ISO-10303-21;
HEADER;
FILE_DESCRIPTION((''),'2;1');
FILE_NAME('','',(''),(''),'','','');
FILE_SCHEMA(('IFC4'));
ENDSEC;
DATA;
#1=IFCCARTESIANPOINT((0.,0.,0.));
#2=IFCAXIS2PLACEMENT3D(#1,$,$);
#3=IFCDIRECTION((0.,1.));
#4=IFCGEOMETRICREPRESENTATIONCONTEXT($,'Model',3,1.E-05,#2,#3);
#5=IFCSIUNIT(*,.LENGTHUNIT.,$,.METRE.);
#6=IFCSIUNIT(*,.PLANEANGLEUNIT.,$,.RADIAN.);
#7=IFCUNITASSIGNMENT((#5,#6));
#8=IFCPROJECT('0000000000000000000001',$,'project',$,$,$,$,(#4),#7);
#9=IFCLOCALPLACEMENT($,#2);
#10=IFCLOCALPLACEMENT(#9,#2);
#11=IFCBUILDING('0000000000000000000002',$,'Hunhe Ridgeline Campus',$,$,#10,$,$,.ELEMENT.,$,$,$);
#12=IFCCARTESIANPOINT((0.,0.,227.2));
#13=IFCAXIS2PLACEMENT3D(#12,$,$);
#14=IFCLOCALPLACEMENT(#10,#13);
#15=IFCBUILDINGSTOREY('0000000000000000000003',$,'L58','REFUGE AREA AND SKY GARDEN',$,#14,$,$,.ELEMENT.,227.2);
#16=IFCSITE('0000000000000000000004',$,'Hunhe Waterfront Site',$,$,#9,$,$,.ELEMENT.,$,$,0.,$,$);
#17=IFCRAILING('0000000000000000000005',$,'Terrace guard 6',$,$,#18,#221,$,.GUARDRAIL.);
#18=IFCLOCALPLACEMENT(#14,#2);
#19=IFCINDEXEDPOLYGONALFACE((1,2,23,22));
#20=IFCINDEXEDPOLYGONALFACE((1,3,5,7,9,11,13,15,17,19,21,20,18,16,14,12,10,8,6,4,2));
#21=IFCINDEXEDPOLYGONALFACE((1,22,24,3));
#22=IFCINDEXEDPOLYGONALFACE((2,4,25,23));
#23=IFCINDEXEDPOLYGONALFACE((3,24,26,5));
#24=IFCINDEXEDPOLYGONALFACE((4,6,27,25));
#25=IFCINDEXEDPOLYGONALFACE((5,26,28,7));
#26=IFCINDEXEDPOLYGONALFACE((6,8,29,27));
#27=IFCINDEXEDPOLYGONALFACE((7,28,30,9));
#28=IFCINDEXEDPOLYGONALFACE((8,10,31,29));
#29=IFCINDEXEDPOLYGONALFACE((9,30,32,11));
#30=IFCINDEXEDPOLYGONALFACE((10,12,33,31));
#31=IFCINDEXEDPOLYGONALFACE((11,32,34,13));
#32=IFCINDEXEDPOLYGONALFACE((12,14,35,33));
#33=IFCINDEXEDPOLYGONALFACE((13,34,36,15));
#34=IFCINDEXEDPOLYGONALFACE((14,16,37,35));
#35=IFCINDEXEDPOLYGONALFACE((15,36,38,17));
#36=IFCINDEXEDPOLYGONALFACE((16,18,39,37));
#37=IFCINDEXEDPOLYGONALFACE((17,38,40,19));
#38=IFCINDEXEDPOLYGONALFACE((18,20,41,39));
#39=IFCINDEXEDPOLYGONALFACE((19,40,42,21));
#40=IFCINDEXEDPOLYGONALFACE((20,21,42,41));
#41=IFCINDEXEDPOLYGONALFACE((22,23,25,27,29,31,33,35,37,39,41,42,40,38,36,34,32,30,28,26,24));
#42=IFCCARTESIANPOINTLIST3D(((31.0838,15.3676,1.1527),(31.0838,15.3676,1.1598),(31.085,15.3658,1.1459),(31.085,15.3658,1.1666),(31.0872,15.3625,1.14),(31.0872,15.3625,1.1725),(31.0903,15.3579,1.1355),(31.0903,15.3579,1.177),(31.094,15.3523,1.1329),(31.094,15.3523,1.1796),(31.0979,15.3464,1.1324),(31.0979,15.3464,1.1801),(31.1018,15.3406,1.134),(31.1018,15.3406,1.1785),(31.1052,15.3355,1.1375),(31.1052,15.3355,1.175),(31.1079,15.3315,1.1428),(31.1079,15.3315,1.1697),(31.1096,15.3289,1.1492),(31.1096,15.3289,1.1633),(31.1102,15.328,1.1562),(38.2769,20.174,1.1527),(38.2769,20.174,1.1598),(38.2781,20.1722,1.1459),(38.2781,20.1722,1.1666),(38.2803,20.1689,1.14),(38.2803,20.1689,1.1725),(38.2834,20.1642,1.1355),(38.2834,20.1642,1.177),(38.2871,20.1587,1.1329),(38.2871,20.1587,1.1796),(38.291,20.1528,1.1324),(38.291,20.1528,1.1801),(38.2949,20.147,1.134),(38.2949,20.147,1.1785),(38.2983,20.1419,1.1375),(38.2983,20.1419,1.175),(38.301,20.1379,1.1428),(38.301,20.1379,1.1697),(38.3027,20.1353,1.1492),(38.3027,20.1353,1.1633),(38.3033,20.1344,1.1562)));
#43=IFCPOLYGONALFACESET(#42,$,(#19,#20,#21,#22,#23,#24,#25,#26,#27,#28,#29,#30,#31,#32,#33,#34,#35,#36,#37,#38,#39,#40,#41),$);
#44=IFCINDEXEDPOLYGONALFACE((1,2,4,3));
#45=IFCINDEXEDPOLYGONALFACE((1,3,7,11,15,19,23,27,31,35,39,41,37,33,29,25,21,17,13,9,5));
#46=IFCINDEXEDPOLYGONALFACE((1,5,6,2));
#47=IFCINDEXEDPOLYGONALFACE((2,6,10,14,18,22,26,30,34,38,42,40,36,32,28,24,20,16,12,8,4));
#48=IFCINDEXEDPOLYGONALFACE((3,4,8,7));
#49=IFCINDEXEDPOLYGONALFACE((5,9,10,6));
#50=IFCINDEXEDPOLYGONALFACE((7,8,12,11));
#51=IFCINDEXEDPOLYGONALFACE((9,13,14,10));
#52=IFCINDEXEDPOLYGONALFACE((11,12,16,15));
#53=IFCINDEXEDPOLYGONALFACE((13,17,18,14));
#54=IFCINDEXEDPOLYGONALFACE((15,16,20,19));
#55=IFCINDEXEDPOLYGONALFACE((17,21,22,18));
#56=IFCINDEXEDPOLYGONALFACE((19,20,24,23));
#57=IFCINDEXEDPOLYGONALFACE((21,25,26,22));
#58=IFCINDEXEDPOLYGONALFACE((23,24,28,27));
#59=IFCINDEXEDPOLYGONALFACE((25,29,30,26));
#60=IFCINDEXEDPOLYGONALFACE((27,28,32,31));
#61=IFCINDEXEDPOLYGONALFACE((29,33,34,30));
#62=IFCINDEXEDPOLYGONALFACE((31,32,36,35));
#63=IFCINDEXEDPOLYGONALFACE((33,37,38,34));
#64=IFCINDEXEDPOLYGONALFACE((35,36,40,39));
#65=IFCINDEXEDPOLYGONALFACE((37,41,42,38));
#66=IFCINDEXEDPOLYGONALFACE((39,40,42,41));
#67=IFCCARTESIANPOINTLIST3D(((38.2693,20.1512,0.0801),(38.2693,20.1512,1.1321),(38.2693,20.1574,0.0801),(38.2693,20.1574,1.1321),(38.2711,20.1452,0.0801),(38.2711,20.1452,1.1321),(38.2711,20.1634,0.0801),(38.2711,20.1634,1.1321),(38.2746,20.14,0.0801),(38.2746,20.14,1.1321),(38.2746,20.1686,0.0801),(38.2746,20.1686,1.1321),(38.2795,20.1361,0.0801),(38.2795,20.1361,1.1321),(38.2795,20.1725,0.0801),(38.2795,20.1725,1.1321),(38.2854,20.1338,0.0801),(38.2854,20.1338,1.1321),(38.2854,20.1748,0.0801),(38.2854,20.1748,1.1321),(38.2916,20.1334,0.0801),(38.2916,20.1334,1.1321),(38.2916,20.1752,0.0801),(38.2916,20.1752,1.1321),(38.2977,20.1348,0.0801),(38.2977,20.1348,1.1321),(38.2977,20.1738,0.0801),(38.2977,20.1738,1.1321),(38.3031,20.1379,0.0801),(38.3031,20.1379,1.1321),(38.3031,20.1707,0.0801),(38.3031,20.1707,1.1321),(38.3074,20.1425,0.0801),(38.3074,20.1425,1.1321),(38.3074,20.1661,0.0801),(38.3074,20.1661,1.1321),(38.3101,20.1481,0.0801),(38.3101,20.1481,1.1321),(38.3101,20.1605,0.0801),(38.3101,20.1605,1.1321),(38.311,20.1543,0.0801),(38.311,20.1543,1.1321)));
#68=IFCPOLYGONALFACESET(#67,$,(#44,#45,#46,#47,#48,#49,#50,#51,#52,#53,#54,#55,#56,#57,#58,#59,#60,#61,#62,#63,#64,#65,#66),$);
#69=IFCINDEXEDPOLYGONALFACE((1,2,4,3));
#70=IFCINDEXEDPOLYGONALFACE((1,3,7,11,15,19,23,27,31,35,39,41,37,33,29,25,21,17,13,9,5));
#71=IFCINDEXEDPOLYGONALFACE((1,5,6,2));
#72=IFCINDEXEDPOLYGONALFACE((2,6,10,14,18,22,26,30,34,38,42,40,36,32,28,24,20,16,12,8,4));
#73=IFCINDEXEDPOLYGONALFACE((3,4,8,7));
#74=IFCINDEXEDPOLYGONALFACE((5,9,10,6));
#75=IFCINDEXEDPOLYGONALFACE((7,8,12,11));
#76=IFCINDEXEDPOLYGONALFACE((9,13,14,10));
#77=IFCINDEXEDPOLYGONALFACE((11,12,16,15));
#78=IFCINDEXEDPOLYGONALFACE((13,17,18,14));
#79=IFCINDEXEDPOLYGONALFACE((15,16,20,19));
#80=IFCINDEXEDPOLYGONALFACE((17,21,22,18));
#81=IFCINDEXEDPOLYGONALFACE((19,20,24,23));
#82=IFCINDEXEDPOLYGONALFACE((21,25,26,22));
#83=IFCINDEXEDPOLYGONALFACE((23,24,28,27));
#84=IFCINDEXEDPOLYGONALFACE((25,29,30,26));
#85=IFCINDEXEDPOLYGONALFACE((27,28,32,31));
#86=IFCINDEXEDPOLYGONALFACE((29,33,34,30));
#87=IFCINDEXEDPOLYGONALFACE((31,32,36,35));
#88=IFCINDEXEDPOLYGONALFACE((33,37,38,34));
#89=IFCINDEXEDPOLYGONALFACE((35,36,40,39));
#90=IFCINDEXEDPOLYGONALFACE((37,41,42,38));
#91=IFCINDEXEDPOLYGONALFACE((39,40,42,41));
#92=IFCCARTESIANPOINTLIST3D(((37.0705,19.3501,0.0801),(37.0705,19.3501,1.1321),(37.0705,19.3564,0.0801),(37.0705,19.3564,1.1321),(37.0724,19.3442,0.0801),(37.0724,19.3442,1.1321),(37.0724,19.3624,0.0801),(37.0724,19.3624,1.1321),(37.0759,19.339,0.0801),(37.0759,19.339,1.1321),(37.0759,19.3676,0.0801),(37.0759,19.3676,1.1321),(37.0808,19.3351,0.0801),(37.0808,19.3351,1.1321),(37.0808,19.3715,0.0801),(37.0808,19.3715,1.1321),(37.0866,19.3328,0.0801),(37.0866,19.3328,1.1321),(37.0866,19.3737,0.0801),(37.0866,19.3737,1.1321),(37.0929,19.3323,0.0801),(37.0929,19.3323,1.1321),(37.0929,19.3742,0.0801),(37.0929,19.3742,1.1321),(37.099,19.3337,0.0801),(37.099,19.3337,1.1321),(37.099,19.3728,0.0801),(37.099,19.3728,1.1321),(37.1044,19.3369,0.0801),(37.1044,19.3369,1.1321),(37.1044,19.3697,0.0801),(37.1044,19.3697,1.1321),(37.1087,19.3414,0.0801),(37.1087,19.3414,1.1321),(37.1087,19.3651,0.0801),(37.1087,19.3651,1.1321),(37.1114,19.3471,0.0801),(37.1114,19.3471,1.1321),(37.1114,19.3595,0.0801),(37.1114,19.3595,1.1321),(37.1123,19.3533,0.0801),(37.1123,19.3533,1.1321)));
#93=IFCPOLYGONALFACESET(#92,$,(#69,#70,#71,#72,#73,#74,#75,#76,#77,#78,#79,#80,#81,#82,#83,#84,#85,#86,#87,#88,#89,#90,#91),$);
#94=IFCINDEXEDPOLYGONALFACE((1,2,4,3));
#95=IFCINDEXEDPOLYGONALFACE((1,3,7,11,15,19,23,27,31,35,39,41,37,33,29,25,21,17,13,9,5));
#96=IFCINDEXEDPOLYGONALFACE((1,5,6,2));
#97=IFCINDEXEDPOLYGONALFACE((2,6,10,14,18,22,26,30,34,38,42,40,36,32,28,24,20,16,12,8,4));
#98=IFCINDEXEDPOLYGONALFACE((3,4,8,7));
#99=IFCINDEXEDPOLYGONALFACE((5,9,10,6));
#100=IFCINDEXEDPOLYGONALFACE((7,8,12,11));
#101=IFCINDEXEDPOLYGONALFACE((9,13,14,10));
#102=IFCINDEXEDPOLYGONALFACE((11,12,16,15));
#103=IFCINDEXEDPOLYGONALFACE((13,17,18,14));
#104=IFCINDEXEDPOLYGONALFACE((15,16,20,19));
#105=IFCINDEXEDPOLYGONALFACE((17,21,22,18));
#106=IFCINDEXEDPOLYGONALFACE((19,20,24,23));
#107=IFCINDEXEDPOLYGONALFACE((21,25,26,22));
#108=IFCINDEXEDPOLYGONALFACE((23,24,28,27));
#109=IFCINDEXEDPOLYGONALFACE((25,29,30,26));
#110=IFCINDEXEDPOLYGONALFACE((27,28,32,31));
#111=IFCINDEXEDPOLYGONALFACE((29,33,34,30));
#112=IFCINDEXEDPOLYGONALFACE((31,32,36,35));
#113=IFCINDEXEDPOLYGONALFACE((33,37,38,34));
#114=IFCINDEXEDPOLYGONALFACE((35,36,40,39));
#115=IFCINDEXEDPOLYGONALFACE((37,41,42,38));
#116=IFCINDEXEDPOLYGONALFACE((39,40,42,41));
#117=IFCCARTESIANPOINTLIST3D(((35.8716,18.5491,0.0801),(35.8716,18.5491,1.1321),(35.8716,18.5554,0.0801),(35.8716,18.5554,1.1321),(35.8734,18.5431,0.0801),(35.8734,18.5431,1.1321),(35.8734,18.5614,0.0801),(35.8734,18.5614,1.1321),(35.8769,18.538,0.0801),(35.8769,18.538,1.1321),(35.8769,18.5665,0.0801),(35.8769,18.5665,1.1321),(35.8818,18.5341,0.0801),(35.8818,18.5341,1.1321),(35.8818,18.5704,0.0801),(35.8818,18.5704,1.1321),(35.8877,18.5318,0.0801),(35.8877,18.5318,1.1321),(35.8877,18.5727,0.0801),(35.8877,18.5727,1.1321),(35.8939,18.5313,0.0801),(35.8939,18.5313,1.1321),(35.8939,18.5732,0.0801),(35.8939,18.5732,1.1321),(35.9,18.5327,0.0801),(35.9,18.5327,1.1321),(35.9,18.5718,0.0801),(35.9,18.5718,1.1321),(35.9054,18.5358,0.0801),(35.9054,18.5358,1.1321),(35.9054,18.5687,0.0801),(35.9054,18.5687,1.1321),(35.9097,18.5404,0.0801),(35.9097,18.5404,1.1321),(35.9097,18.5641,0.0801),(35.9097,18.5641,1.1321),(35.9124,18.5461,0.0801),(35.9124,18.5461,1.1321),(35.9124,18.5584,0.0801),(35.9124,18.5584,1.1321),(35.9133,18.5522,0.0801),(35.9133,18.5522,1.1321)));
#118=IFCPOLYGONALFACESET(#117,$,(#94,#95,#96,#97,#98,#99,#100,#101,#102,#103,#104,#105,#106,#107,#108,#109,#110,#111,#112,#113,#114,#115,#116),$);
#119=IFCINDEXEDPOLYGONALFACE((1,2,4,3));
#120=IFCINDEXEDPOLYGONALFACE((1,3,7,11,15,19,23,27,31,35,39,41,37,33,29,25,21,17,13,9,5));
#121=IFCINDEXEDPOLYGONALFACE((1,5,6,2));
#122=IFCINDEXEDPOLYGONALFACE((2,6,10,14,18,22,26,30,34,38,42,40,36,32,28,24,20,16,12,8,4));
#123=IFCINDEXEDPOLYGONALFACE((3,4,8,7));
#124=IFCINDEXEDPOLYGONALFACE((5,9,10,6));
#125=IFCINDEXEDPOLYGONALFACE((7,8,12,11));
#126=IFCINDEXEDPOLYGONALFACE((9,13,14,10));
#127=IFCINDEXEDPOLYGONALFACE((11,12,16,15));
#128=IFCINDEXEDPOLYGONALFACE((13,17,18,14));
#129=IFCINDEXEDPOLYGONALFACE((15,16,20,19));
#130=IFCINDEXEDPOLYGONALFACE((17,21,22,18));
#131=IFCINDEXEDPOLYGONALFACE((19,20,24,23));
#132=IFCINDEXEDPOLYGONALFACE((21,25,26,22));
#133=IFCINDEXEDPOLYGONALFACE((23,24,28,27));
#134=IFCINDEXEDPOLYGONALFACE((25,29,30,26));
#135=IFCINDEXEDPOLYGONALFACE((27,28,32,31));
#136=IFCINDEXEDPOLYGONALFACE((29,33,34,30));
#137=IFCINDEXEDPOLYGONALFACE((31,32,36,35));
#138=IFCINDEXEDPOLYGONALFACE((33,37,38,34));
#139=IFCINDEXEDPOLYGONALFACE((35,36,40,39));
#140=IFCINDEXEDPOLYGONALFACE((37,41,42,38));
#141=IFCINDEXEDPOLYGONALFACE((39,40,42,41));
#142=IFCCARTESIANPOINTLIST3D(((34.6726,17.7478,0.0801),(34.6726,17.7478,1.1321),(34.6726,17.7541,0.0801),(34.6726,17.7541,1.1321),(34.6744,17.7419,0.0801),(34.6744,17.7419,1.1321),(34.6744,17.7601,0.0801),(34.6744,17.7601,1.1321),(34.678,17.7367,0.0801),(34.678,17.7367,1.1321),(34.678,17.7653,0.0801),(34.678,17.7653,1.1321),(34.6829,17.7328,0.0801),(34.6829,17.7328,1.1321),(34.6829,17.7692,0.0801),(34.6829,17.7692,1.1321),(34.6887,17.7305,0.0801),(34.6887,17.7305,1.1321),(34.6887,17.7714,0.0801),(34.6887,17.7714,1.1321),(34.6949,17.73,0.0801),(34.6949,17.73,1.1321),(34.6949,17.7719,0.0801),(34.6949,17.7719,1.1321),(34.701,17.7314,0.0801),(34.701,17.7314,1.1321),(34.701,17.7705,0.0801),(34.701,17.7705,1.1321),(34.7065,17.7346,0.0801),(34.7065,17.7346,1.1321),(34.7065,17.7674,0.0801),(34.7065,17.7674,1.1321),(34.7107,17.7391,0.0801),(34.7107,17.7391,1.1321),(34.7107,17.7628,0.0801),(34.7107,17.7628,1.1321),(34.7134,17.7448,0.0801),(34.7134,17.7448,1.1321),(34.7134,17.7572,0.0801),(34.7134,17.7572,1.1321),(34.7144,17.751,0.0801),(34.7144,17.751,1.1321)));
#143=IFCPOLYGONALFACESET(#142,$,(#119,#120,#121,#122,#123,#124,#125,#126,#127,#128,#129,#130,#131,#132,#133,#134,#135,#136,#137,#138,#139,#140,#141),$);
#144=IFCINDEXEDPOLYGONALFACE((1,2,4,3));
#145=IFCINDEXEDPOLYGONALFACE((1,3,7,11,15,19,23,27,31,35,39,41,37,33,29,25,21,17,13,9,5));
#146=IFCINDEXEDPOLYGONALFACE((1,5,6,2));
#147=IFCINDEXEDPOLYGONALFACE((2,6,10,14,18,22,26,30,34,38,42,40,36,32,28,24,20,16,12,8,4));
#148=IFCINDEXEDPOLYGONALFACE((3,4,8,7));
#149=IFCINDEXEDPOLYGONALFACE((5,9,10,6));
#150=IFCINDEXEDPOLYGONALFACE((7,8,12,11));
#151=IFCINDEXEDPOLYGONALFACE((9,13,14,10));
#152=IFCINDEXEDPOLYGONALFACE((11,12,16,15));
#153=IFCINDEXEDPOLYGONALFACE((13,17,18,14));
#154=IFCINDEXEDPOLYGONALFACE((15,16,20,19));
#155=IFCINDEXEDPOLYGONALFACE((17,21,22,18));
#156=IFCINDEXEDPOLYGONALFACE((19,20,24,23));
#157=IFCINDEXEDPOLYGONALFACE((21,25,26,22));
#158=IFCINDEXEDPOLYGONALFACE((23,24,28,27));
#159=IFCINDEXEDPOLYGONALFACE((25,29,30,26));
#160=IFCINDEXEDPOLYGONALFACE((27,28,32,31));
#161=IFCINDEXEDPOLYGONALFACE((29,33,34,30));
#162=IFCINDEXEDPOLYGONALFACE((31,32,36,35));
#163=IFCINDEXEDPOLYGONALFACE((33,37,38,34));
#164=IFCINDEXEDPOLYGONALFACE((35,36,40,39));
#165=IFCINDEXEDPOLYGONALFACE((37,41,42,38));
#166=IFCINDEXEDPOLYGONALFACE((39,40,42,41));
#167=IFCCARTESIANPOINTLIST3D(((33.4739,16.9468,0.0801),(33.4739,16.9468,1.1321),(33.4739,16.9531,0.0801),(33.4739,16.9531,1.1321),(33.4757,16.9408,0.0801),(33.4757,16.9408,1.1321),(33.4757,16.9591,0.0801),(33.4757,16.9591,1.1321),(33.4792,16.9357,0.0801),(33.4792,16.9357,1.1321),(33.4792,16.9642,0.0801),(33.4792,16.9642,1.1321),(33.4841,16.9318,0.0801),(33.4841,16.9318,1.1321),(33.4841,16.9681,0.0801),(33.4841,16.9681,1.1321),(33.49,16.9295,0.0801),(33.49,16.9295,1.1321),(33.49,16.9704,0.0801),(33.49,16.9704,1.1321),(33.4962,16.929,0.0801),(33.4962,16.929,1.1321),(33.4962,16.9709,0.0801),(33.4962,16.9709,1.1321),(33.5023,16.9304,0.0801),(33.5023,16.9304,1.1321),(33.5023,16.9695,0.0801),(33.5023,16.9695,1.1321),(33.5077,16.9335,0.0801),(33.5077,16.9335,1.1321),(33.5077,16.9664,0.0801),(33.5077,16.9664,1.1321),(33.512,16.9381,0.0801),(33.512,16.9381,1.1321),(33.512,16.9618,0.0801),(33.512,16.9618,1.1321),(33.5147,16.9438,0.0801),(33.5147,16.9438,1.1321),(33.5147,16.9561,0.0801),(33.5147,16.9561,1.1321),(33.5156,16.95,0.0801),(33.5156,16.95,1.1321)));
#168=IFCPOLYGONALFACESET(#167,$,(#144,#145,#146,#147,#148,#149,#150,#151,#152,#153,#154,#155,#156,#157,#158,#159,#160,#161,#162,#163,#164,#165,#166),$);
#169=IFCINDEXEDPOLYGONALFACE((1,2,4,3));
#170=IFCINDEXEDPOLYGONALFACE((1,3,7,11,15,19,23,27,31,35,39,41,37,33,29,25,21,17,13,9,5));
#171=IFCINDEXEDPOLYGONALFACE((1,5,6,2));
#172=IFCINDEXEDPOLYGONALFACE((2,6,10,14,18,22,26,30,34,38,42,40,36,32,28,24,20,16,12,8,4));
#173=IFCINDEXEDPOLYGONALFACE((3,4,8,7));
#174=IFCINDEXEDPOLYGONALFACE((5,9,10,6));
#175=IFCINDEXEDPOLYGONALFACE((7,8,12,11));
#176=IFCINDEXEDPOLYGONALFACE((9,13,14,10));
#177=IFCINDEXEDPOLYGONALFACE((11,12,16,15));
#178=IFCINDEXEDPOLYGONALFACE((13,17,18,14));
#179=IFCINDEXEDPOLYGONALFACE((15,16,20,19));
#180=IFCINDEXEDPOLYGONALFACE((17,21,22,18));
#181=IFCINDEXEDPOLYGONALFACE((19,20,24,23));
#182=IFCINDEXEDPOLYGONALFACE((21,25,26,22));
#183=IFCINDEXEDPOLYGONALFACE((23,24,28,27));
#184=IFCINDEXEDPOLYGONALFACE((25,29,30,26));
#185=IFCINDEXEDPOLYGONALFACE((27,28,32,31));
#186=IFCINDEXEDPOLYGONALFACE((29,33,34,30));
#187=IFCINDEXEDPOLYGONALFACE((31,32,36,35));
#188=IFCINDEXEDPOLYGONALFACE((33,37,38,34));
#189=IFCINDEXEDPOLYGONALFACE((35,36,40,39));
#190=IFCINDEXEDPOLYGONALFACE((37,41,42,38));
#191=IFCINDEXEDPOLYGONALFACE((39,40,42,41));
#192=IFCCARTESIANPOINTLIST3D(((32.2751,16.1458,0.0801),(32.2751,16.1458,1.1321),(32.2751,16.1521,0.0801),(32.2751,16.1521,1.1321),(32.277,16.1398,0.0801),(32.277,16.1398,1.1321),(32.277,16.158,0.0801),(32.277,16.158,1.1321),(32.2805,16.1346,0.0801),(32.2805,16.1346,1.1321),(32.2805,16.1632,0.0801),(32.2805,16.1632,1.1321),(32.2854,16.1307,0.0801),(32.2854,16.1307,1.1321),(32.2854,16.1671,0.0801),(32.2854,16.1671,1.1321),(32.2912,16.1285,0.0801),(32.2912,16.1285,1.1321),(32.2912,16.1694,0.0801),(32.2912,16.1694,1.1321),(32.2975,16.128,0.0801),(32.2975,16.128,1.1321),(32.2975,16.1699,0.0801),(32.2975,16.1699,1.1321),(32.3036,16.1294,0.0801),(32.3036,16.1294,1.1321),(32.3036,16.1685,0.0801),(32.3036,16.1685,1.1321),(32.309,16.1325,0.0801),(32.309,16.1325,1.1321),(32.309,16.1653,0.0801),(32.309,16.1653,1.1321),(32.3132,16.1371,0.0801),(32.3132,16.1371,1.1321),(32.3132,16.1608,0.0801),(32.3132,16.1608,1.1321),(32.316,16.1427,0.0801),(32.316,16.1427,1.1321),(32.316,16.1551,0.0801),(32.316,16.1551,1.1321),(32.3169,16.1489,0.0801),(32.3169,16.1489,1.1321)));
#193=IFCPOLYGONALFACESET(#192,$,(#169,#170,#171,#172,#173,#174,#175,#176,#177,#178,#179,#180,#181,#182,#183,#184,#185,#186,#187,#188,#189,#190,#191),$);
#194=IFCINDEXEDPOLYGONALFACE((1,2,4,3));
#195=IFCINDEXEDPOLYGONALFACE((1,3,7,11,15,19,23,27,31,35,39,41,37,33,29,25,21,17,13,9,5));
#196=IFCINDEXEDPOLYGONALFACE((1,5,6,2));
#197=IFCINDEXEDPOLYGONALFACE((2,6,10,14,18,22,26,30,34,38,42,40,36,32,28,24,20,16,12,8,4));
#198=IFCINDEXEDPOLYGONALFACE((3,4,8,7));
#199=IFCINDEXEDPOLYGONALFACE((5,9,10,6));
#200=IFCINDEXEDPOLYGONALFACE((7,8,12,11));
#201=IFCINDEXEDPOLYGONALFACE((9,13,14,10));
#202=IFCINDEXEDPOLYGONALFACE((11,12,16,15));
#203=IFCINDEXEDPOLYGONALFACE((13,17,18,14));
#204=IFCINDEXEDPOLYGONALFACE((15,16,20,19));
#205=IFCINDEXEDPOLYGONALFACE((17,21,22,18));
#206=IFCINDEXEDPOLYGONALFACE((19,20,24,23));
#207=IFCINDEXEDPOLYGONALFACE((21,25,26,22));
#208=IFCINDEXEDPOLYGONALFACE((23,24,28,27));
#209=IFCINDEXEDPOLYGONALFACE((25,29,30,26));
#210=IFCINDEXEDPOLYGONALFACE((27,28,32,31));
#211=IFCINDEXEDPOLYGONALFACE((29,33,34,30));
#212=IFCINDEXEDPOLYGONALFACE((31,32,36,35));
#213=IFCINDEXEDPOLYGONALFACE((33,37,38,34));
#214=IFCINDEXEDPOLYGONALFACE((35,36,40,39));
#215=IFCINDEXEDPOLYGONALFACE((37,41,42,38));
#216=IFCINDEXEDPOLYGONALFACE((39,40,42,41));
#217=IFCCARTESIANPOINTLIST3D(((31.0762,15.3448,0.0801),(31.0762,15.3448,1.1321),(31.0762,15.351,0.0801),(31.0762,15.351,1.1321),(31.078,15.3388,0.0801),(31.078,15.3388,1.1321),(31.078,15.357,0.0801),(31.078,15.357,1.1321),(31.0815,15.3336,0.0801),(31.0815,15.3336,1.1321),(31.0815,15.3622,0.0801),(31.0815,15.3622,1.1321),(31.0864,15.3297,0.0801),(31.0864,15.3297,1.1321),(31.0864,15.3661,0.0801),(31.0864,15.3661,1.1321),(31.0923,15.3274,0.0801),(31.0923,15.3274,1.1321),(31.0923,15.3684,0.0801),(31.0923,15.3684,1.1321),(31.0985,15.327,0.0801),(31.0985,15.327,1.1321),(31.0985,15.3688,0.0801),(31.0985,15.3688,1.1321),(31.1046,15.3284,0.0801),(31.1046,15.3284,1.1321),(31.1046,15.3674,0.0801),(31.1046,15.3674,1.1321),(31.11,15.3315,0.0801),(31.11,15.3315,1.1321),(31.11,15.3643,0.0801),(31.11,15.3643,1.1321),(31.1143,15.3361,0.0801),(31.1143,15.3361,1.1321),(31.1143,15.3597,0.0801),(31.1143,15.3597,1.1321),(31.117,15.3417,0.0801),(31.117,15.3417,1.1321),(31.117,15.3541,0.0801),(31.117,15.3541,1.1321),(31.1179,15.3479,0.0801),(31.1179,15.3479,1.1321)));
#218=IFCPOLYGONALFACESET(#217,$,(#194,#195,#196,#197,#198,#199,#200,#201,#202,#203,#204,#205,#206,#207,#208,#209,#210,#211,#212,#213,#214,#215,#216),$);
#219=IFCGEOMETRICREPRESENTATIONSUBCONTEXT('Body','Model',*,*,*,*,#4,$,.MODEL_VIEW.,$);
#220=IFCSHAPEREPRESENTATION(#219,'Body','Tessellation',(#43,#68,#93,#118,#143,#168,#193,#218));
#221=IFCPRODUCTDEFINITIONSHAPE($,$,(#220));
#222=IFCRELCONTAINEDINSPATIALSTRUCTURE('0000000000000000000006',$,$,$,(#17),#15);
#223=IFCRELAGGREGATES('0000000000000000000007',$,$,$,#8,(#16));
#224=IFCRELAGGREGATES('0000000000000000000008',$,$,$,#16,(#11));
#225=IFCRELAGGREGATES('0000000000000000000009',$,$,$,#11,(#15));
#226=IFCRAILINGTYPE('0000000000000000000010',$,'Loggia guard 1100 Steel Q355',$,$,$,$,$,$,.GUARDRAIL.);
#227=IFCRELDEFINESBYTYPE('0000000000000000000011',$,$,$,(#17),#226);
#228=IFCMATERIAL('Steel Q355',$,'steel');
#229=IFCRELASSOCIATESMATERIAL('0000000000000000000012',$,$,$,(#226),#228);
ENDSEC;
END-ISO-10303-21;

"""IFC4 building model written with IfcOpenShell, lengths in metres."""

from ifc_helpers import new_model, si_unit, direction, frame, origin, origin_2d, place, context, subcontext, project, spatial, circle, extrude, material, type_object, element, save


model = new_model("IFC4")

# Units and contexts
model_context = context("Model", 3, precision=1e-05, world=origin(), true_north=direction((0.0, 1.0)))
body_context = subcontext(model_context, "Body", "Model", "MODEL_VIEW")
ifc_project = project(units=[si_unit("LENGTHUNIT", "METRE"), si_unit("PLANEANGLEUNIT", "RADIAN")], contexts=[model_context])

# Site, building, storey
site_placement = place(None, origin())
site = spatial("IfcSite", under=ifc_project, at=site_placement, Name="Hunhe Waterfront Site", CompositionType="ELEMENT", RefElevation=0.0)
building_placement = place(site_placement, origin())
building = spatial("IfcBuilding", under=site, at=building_placement, Name="Hunhe Ridgeline Campus", CompositionType="ELEMENT")
storey_placement = place(building_placement, frame((0.0, 0.0, 227.2)))
storey = spatial("IfcBuildingStorey", under=building, at=storey_placement, Name="L58", Description="REFUGE AREA AND SKY GARDEN", CompositionType="ELEMENT", Elevation=227.2)

# Railing
ifc_material_1 = material(Name="Steel Q355", Category="steel")
railing_type = type_object("IfcRailingType", Name="Loggia guard 1100 Steel Q355", PredefinedType="GUARDRAIL", material=ifc_material_1)
railing_1_placement = place(storey_placement, frame((38.29, 20.1543, 0.0801)))
element("IfcRailing", 1, at=railing_1_placement, inside=storey, type_object=railing_type, Name="Terrace guard 6", PredefinedType="GUARDRAIL", context=body_context, shape_type="SweptSolid", body=[
    extrude(circle(Radius=0.0239, at=origin_2d()), frame((0.0, 0.0, 1.0762), z_axis=(-0.831464, -0.555579, 0.0), x_axis=(0.555579, -0.831464, 0.0)), (0.0, 0.0, 1.0), 8.6511),
    extrude(circle(Radius=0.021, at=origin_2d()), origin(), (0.0, 0.0, 1.0), 1.052),
    extrude(circle(Radius=0.021, at=origin_2d()), frame((-1.1987, -0.801, 0.0)), (0.0, 0.0, 1.0), 1.052),
    extrude(circle(Radius=0.021, at=origin_2d()), frame((-2.3977, -1.6021, 0.0)), (0.0, 0.0, 1.0), 1.052),
    extrude(circle(Radius=0.021, at=origin_2d()), frame((-3.5967, -2.4033, 0.0)), (0.0, 0.0, 1.0), 1.052),
    extrude(circle(Radius=0.021, at=origin_2d()), frame((-4.7954, -3.2043, 0.0)), (0.0, 0.0, 1.0), 1.052),
    extrude(circle(Radius=0.021, at=origin_2d()), frame((-5.9941, -4.0054, 0.0)), (0.0, 0.0, 1.0), 1.052),
    extrude(circle(Radius=0.021, at=origin_2d()), frame((-7.1931, -4.8064, 0.0)), (0.0, 0.0, 1.0), 1.052),
])

save(model, "model.ifc")
